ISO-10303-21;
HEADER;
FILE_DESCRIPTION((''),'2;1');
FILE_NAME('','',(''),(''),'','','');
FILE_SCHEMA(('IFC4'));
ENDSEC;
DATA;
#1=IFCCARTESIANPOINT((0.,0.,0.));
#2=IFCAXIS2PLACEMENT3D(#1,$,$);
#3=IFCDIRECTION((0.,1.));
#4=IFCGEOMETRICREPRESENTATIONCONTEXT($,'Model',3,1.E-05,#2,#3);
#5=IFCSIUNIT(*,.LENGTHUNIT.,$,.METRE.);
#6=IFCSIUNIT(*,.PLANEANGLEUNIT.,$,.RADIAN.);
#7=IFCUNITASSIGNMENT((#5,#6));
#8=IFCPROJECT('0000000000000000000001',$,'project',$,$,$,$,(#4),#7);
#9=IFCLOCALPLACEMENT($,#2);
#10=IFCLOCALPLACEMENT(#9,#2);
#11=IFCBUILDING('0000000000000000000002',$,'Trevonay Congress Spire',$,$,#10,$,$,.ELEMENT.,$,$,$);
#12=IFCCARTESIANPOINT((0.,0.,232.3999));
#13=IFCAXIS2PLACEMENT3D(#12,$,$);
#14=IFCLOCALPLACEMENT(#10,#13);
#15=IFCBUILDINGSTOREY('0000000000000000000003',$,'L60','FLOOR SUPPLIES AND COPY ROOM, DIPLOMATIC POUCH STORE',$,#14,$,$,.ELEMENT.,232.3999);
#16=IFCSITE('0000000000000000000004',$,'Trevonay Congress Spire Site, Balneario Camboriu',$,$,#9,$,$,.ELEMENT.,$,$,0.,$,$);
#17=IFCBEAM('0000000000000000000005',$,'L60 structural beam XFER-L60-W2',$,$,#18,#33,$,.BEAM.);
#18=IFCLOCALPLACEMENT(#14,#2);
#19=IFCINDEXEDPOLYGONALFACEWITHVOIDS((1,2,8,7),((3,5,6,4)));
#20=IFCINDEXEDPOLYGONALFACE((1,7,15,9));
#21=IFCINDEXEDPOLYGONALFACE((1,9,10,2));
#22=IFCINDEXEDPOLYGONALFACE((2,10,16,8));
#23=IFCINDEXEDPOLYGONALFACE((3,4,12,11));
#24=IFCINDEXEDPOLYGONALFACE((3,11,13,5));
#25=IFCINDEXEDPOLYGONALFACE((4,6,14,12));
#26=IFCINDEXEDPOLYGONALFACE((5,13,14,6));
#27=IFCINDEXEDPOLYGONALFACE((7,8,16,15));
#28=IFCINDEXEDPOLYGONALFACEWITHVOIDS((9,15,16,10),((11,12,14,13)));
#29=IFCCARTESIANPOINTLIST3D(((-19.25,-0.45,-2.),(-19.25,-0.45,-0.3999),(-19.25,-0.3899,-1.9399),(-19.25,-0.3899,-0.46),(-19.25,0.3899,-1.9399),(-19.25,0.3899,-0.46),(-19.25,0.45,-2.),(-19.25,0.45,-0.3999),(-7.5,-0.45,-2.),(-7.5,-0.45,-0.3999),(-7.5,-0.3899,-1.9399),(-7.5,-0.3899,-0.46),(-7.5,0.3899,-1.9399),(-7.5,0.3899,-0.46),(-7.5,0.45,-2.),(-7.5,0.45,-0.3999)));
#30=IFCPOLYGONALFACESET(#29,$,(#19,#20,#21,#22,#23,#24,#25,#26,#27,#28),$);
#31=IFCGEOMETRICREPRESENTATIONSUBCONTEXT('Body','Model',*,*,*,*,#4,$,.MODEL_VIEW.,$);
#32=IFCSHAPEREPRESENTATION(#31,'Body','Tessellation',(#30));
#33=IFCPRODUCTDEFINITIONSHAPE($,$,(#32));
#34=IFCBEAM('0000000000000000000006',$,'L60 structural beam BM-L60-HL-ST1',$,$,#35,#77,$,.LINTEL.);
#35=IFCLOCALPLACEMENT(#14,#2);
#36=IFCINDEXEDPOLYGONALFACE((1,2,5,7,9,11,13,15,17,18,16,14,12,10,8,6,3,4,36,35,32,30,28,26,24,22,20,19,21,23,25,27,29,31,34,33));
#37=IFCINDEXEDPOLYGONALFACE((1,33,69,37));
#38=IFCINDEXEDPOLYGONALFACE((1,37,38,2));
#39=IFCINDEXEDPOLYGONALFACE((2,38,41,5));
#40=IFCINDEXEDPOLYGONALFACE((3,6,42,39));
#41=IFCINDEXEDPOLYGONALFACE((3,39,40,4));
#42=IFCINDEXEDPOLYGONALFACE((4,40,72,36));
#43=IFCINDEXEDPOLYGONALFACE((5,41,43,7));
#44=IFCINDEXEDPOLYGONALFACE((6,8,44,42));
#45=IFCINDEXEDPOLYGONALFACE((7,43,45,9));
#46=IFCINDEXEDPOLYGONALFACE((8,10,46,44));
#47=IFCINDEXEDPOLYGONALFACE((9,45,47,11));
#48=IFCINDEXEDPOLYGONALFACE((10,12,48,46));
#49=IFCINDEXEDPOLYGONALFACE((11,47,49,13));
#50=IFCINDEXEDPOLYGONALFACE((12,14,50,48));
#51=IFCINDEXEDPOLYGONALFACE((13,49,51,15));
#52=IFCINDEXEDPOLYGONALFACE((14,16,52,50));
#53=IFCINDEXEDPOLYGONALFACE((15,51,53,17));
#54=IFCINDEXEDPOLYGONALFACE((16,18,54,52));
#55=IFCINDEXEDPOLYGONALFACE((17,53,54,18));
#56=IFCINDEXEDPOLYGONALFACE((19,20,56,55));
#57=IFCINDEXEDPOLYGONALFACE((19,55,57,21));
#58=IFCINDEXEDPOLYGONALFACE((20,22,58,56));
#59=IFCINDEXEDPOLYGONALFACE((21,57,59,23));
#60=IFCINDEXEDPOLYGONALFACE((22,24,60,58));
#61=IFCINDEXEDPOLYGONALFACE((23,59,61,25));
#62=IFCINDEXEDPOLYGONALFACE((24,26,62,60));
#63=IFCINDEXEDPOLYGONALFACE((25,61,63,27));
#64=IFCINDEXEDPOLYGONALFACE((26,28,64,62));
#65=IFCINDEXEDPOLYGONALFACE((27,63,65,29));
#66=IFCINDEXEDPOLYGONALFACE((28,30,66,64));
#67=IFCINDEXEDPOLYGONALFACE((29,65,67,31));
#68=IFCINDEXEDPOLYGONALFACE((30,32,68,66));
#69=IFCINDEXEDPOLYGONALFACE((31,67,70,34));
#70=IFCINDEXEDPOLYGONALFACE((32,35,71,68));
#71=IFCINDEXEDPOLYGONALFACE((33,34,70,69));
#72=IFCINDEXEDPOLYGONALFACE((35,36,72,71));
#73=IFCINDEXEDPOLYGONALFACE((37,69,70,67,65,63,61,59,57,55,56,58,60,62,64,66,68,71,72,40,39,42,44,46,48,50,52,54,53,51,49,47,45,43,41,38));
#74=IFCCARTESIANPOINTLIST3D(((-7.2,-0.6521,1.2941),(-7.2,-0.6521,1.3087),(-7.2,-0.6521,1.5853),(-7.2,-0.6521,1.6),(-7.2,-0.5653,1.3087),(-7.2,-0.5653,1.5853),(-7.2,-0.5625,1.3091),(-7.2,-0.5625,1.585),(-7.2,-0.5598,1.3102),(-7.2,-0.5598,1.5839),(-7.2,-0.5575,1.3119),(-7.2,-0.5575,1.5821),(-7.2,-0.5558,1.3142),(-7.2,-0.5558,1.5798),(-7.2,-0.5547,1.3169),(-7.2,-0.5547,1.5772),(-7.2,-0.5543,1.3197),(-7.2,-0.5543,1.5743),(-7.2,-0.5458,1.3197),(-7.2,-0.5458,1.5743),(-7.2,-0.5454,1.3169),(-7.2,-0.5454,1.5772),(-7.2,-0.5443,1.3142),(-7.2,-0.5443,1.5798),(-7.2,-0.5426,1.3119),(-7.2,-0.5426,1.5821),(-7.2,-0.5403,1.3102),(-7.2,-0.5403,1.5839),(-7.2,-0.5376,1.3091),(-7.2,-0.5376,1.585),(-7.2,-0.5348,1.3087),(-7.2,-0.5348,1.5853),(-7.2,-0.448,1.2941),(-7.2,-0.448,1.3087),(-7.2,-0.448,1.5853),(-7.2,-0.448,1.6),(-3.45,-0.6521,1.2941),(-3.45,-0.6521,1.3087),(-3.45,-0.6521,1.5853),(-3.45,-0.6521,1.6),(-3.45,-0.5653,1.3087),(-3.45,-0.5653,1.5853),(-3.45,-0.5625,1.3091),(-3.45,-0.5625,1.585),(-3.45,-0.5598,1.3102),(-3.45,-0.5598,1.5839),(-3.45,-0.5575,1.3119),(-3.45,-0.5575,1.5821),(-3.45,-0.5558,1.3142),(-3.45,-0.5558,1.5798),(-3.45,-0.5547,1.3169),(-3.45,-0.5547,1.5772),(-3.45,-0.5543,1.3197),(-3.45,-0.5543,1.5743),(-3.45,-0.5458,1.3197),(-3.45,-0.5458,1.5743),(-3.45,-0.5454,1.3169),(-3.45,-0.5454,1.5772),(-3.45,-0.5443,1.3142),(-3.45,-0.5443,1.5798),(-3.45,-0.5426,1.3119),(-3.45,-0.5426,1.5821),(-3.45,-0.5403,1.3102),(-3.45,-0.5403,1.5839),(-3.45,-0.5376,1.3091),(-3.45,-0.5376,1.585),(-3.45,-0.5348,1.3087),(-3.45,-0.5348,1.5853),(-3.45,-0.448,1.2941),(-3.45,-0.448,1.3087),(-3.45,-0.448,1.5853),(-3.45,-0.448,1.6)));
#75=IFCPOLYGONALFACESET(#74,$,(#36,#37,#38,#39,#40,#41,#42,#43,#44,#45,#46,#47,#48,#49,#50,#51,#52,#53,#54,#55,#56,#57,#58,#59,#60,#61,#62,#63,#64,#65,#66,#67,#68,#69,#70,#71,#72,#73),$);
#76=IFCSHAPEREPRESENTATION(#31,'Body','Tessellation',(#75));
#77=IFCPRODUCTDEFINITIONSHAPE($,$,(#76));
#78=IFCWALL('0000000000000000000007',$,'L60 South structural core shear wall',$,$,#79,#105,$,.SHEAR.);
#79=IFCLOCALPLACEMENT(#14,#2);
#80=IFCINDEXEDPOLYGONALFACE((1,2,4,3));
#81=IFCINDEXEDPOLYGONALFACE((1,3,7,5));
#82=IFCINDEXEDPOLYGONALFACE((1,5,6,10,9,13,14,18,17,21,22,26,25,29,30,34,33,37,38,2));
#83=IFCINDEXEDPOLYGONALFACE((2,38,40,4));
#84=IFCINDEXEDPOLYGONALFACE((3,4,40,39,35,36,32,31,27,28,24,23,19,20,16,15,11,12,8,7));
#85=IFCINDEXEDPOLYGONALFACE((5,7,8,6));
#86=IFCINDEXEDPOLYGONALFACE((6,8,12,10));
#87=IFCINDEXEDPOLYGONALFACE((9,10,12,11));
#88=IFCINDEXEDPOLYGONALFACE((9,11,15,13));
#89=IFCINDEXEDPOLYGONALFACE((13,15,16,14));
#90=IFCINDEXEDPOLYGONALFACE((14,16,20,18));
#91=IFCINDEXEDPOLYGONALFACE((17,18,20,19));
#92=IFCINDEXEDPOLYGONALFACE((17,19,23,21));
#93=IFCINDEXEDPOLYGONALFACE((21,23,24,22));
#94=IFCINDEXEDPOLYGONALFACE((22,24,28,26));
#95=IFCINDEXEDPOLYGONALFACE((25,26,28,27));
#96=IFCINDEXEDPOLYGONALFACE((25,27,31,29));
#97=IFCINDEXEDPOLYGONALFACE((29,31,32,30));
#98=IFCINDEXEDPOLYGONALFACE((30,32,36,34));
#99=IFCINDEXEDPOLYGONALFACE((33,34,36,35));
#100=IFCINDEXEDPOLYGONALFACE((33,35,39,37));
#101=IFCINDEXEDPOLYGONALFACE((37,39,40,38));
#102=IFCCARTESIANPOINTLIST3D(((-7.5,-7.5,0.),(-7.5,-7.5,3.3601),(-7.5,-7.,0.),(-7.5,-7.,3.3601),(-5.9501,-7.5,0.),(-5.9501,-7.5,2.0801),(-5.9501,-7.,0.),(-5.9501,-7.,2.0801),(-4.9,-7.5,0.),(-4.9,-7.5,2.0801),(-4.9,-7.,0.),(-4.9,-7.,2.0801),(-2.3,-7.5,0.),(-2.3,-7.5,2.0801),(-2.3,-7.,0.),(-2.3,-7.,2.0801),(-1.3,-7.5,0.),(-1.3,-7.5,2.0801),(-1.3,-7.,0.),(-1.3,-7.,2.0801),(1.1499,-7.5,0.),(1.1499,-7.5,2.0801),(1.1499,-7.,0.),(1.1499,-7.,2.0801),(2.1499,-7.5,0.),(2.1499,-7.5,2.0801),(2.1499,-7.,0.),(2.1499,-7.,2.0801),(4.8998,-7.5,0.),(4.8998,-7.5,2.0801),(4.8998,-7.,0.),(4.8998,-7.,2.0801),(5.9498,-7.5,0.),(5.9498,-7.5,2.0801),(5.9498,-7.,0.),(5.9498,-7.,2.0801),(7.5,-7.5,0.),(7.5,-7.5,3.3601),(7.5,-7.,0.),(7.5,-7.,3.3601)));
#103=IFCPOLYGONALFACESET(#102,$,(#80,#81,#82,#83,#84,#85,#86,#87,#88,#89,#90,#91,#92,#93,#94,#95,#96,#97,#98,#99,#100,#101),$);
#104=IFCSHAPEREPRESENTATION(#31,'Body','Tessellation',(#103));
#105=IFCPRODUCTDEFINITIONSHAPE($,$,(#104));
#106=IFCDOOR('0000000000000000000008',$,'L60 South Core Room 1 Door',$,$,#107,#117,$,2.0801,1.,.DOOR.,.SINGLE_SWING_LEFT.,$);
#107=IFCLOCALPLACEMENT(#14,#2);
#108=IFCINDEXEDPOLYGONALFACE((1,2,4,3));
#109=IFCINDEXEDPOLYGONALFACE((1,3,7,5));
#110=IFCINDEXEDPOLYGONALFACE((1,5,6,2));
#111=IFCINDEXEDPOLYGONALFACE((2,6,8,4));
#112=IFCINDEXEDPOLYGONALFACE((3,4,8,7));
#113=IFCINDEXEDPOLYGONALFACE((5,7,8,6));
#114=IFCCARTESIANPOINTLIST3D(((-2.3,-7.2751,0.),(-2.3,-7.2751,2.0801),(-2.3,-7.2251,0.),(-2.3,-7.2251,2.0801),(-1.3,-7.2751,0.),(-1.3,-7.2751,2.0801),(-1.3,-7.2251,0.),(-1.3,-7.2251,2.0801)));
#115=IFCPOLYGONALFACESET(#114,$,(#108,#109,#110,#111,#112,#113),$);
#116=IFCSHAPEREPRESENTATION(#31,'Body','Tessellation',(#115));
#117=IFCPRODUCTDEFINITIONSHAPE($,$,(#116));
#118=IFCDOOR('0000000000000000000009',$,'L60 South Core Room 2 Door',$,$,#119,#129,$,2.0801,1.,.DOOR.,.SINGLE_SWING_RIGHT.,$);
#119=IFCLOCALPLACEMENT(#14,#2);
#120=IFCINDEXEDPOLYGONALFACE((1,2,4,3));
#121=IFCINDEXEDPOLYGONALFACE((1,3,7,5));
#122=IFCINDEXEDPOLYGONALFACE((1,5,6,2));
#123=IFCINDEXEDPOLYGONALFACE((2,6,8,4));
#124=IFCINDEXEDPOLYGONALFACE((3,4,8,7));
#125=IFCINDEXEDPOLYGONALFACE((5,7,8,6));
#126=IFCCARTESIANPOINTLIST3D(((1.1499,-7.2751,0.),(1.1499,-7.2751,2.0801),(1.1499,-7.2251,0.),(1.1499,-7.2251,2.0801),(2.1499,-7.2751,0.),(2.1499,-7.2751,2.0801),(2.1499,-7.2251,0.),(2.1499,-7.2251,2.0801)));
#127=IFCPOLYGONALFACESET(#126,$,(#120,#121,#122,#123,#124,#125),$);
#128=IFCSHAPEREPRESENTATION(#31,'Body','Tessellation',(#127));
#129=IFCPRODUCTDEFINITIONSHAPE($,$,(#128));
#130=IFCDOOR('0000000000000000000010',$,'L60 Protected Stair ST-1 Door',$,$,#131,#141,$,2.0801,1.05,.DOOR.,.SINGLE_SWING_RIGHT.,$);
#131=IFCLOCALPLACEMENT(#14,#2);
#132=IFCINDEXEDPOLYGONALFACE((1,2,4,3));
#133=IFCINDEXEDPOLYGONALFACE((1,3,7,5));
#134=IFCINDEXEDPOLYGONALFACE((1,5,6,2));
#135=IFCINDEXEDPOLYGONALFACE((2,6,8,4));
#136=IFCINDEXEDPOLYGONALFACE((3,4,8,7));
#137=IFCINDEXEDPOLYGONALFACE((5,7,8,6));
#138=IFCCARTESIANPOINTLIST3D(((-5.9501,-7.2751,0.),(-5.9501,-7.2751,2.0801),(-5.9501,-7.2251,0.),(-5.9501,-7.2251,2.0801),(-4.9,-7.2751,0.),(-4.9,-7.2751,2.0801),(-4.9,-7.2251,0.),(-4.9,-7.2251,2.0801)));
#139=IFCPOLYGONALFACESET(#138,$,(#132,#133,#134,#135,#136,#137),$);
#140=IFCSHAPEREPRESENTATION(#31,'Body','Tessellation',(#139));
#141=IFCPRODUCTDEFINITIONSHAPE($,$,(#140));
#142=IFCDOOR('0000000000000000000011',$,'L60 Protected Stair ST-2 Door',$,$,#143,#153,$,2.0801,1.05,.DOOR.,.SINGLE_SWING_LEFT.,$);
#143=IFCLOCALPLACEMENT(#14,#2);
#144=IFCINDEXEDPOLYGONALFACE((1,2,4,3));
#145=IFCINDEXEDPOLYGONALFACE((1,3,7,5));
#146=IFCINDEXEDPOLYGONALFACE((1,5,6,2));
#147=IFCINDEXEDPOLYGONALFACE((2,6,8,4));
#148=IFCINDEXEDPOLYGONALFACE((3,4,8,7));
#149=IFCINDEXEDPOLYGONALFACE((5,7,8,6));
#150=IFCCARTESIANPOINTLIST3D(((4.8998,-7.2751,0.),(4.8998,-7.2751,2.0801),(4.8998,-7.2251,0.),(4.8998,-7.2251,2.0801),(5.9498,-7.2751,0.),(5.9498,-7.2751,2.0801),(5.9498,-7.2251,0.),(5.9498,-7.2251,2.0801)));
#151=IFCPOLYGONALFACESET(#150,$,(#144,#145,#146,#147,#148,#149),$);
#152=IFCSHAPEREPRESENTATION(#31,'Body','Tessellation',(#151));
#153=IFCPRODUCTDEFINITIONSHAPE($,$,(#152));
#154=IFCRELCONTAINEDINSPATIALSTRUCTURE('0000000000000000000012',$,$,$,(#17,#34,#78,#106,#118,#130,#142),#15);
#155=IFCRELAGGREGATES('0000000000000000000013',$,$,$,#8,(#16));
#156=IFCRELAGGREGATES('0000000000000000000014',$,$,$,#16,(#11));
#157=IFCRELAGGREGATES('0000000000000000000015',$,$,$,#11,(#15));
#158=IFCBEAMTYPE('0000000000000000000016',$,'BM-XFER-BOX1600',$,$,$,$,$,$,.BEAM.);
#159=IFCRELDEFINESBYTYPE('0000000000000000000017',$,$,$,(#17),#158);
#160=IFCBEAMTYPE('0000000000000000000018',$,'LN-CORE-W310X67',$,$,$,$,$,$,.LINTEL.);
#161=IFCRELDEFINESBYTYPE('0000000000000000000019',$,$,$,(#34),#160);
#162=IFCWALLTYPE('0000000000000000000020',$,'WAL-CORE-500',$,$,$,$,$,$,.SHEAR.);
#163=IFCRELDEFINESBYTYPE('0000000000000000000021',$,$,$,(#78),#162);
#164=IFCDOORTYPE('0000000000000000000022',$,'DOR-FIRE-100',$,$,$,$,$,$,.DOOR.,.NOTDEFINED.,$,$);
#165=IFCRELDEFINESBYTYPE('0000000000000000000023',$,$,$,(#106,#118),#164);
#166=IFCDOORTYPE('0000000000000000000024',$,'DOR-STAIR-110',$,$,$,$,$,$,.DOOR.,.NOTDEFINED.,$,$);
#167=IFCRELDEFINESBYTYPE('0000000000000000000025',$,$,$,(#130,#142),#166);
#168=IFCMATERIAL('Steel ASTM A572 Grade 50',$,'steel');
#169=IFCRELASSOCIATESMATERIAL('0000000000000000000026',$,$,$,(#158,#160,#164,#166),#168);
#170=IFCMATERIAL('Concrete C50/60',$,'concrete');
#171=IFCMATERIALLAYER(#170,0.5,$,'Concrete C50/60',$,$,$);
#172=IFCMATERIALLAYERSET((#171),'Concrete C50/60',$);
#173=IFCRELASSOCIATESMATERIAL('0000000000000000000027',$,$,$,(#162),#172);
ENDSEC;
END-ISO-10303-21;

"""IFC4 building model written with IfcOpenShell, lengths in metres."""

from ifc_helpers import new_model, si_unit, direction, frame, frame_2d, origin, origin_2d, place, context, subcontext, project, spatial, rectangle, hollow_rectangle, i_section, extrude, material, layer, layer_set, material_profile, profile_set, type_object, element, fill, save


model = new_model("IFC4")

# Units and contexts
model_context = context("Model", 3, precision=1e-05, world=origin(), true_north=direction((0.0, 1.0)))
body_context = subcontext(model_context, "Body", "Model", "MODEL_VIEW")
ifc_project = project(units=[si_unit("LENGTHUNIT", "METRE"), si_unit("PLANEANGLEUNIT", "RADIAN")], contexts=[model_context])

# Site, building, storey
site_placement = place(None, origin())
site = spatial("IfcSite", under=ifc_project, at=site_placement, Name="Trevonay Congress Spire Site, Balneario Camboriu", CompositionType="ELEMENT", RefElevation=0.0)
building_placement = place(site_placement, origin())
building = spatial("IfcBuilding", under=site, at=building_placement, Name="Trevonay Congress Spire", CompositionType="ELEMENT")
storey_placement = place(building_placement, frame((0.0, 0.0, 232.3999)))
storey = spatial("IfcBuildingStorey", under=building, at=storey_placement, Name="L60", Description="FLOOR SUPPLIES AND COPY ROOM, DIPLOMATIC POUCH STORE", CompositionType="ELEMENT", Elevation=232.3999)

# Shared definitions
ifc_material_1 = material(Name="Steel ASTM A572 Grade 50", Category="steel")

# Beams
ifc_material_profile_1 = material_profile(ifc_material_1, hollow_rectangle(XDim=0.8999, YDim=1.6001, WallThickness=0.0601, at=origin_2d()), Name="BOX 1600x900x60")
ifc_profile_set_1 = profile_set([ifc_material_profile_1], Name="Steel ASTM A572 Grade 50")
beam_type_1 = type_object("IfcBeamType", Name="BM-XFER-BOX1600", PredefinedType="BEAM", material=ifc_profile_set_1)
for number, where, z_axis, x_axis, name in (
    (1, (-7.5, 0.0, -1.2), (-1.0, 0.0, 0.0), (0.0, -1.0, 0.0), "L60 structural beam XFER-L60-W2"),
):
    element("IfcBeam", number, at=place(storey_placement, frame(where, z_axis=z_axis, x_axis=x_axis)), inside=storey, type_object=beam_type_1, Name=name, PredefinedType="BEAM", context=body_context, shape_type="SweptSolid", body=[
        extrude(hollow_rectangle(XDim=0.8999, YDim=1.6001, WallThickness=0.0601, at=origin_2d()), origin(), (0.0, 0.0, 1.0), 11.75),
    ])
ifc_material_profile_2 = material_profile(ifc_material_1, i_section(OverallWidth=0.2041, OverallDepth=0.3059, WebThickness=0.0085, FlangeThickness=0.0146, FilletRadius=0.011, at=origin_2d()), Name="W310x67")
ifc_profile_set_2 = profile_set([ifc_material_profile_2], Name="Steel ASTM A572 Grade 50")
beam_type_2 = type_object("IfcBeamType", Name="LN-CORE-W310X67", PredefinedType="LINTEL", material=ifc_profile_set_2)
beam_1_placement = place(storey_placement, frame((-7.2, -0.55, 1.447), z_axis=(1.0, 0.0, 0.0), x_axis=(0.0, 1.0, 0.0)))
element("IfcBeam", 2, at=beam_1_placement, inside=storey, type_object=beam_type_2, Name="L60 structural beam BM-L60-HL-ST1", PredefinedType="LINTEL", context=body_context, shape_type="SweptSolid", body=[
    extrude(i_section(OverallWidth=0.2041, OverallDepth=0.3059, WebThickness=0.0085, FlangeThickness=0.0146, FilletRadius=0.011, at=origin_2d()), origin(), (0.0, 0.0, 1.0), 3.75),
])

# Wall, openings, doors
ifc_material_2 = material(Name="Concrete C50/60", Category="concrete")
ifc_layer_1 = layer(ifc_material_2, 0.5, Name="Concrete C50/60")
ifc_layer_set_1 = layer_set([ifc_layer_1], Name="Concrete C50/60")
wall_type_1 = type_object("IfcWallType", Name="WAL-CORE-500", PredefinedType="SHEAR", material=ifc_layer_set_1)
wall_1_placement = place(storey_placement, frame((-7.5, -7.25, 0.0), z_axis=(0.0, 0.0, 1.0), x_axis=(1.0, 0.0, 0.0)))
wall_1 = element("IfcWall", 3, at=wall_1_placement, inside=storey, type_object=wall_type_1, Name="L60 South structural core shear wall", PredefinedType="SHEAR", context=body_context, shape_type="SweptSolid", body=[
    extrude(rectangle(XDim=15.0, YDim=0.5, at=frame_2d((7.5, 0.0))), origin(), (0.0, 0.0, 1.0), 3.3601),
])
opening_1_placement = place(wall_1_placement, frame((1.55, 0.0, 0.0)))
opening_1 = element("IfcOpeningElement", 4, at=opening_1_placement, cuts=wall_1, PredefinedType="OPENING", context=body_context, shape_type="SweptSolid", body=[
    extrude(rectangle(XDim=1.05, YDim=2.0801, at=frame_2d((0.5249, 1.04))), frame((0.0, 0.26, 0.0), z_axis=(0.0, -1.0, 0.0), x_axis=(1.0, 0.0, 0.0)), (0.0, 0.0, 1.0), 0.52),
])
opening_2_placement = place(wall_1_placement, frame((12.3999, 0.0, 0.0)))
opening_2 = element("IfcOpeningElement", 5, at=opening_2_placement, cuts=wall_1, PredefinedType="OPENING", context=body_context, shape_type="SweptSolid", body=[
    extrude(rectangle(XDim=1.05, YDim=2.0801, at=frame_2d((0.5249, 1.04))), frame((0.0, 0.26, 0.0), z_axis=(0.0, -1.0, 0.0), x_axis=(1.0, 0.0, 0.0)), (0.0, 0.0, 1.0), 0.52),
])
opening_3_placement = place(wall_1_placement, frame((5.2, 0.0, 0.0)))
opening_3 = element("IfcOpeningElement", 6, at=opening_3_placement, cuts=wall_1, PredefinedType="OPENING", context=body_context, shape_type="SweptSolid", body=[
    extrude(rectangle(XDim=1.0, YDim=2.0801, at=frame_2d((0.5, 1.04))), frame((0.0, 0.26, 0.0), z_axis=(0.0, -1.0, 0.0), x_axis=(1.0, 0.0, 0.0)), (0.0, 0.0, 1.0), 0.52),
])
opening_4_placement = place(wall_1_placement, frame((8.6499, 0.0, 0.0)))
opening_4 = element("IfcOpeningElement", 7, at=opening_4_placement, cuts=wall_1, PredefinedType="OPENING", context=body_context, shape_type="SweptSolid", body=[
    extrude(rectangle(XDim=1.0, YDim=2.0801, at=frame_2d((0.5, 1.04))), frame((0.0, 0.26, 0.0), z_axis=(0.0, -1.0, 0.0), x_axis=(1.0, 0.0, 0.0)), (0.0, 0.0, 1.0), 0.52),
])
door_type_1 = type_object("IfcDoorType", Name="DOR-FIRE-100", OperationType="NOTDEFINED", PredefinedType="DOOR", material=ifc_material_1)
door_1_placement = place(opening_3_placement, origin())
door_1 = element("IfcDoor", 8, at=door_1_placement, inside=storey, type_object=door_type_1, Name="L60 South Core Room 1 Door", OperationType="SINGLE_SWING_LEFT", OverallHeight=2.0801, OverallWidth=1.0, PredefinedType="DOOR", context=body_context, shape_type="SweptSolid", body=[
    extrude(rectangle(XDim=1.0, YDim=2.0801, at=frame_2d((0.5, 1.04))), frame((0.0, 0.0249, 0.0), z_axis=(0.0, -1.0, 0.0), x_axis=(1.0, 0.0, 0.0)), (0.0, 0.0, 1.0), 0.05),
])
fill(opening_3, door_1)
door_2_placement = place(opening_4_placement, origin())
door_2 = element("IfcDoor", 9, at=door_2_placement, inside=storey, type_object=door_type_1, Name="L60 South Core Room 2 Door", OperationType="SINGLE_SWING_RIGHT", OverallHeight=2.0801, OverallWidth=1.0, PredefinedType="DOOR", context=body_context, shape_type="SweptSolid", body=[
    extrude(rectangle(XDim=1.0, YDim=2.0801, at=frame_2d((0.5, 1.04))), frame((0.0, 0.0249, 0.0), z_axis=(0.0, -1.0, 0.0), x_axis=(1.0, 0.0, 0.0)), (0.0, 0.0, 1.0), 0.05),
])
fill(opening_4, door_2)
door_type_2 = type_object("IfcDoorType", Name="DOR-STAIR-110", OperationType="NOTDEFINED", PredefinedType="DOOR", material=ifc_material_1)
door_3_placement = place(opening_1_placement, origin())
door_3 = element("IfcDoor", 10, at=door_3_placement, inside=storey, type_object=door_type_2, Name="L60 Protected Stair ST-1 Door", OperationType="SINGLE_SWING_RIGHT", OverallHeight=2.0801, OverallWidth=1.05, PredefinedType="DOOR", context=body_context, shape_type="SweptSolid", body=[
    extrude(rectangle(XDim=1.05, YDim=2.0801, at=frame_2d((0.5249, 1.04))), frame((0.0, 0.0249, 0.0), z_axis=(0.0, -1.0, 0.0), x_axis=(1.0, 0.0, 0.0)), (0.0, 0.0, 1.0), 0.05),
])
fill(opening_1, door_3)
door_4_placement = place(opening_2_placement, origin())
door_4 = element("IfcDoor", 11, at=door_4_placement, inside=storey, type_object=door_type_2, Name="L60 Protected Stair ST-2 Door", OperationType="SINGLE_SWING_LEFT", OverallHeight=2.0801, OverallWidth=1.05, PredefinedType="DOOR", context=body_context, shape_type="SweptSolid", body=[
    extrude(rectangle(XDim=1.05, YDim=2.0801, at=frame_2d((0.5249, 1.04))), frame((0.0, 0.0249, 0.0), z_axis=(0.0, -1.0, 0.0), x_axis=(1.0, 0.0, 0.0)), (0.0, 0.0, 1.0), 0.05),
])
fill(opening_2, door_4)

save(model, "model.ifc")
